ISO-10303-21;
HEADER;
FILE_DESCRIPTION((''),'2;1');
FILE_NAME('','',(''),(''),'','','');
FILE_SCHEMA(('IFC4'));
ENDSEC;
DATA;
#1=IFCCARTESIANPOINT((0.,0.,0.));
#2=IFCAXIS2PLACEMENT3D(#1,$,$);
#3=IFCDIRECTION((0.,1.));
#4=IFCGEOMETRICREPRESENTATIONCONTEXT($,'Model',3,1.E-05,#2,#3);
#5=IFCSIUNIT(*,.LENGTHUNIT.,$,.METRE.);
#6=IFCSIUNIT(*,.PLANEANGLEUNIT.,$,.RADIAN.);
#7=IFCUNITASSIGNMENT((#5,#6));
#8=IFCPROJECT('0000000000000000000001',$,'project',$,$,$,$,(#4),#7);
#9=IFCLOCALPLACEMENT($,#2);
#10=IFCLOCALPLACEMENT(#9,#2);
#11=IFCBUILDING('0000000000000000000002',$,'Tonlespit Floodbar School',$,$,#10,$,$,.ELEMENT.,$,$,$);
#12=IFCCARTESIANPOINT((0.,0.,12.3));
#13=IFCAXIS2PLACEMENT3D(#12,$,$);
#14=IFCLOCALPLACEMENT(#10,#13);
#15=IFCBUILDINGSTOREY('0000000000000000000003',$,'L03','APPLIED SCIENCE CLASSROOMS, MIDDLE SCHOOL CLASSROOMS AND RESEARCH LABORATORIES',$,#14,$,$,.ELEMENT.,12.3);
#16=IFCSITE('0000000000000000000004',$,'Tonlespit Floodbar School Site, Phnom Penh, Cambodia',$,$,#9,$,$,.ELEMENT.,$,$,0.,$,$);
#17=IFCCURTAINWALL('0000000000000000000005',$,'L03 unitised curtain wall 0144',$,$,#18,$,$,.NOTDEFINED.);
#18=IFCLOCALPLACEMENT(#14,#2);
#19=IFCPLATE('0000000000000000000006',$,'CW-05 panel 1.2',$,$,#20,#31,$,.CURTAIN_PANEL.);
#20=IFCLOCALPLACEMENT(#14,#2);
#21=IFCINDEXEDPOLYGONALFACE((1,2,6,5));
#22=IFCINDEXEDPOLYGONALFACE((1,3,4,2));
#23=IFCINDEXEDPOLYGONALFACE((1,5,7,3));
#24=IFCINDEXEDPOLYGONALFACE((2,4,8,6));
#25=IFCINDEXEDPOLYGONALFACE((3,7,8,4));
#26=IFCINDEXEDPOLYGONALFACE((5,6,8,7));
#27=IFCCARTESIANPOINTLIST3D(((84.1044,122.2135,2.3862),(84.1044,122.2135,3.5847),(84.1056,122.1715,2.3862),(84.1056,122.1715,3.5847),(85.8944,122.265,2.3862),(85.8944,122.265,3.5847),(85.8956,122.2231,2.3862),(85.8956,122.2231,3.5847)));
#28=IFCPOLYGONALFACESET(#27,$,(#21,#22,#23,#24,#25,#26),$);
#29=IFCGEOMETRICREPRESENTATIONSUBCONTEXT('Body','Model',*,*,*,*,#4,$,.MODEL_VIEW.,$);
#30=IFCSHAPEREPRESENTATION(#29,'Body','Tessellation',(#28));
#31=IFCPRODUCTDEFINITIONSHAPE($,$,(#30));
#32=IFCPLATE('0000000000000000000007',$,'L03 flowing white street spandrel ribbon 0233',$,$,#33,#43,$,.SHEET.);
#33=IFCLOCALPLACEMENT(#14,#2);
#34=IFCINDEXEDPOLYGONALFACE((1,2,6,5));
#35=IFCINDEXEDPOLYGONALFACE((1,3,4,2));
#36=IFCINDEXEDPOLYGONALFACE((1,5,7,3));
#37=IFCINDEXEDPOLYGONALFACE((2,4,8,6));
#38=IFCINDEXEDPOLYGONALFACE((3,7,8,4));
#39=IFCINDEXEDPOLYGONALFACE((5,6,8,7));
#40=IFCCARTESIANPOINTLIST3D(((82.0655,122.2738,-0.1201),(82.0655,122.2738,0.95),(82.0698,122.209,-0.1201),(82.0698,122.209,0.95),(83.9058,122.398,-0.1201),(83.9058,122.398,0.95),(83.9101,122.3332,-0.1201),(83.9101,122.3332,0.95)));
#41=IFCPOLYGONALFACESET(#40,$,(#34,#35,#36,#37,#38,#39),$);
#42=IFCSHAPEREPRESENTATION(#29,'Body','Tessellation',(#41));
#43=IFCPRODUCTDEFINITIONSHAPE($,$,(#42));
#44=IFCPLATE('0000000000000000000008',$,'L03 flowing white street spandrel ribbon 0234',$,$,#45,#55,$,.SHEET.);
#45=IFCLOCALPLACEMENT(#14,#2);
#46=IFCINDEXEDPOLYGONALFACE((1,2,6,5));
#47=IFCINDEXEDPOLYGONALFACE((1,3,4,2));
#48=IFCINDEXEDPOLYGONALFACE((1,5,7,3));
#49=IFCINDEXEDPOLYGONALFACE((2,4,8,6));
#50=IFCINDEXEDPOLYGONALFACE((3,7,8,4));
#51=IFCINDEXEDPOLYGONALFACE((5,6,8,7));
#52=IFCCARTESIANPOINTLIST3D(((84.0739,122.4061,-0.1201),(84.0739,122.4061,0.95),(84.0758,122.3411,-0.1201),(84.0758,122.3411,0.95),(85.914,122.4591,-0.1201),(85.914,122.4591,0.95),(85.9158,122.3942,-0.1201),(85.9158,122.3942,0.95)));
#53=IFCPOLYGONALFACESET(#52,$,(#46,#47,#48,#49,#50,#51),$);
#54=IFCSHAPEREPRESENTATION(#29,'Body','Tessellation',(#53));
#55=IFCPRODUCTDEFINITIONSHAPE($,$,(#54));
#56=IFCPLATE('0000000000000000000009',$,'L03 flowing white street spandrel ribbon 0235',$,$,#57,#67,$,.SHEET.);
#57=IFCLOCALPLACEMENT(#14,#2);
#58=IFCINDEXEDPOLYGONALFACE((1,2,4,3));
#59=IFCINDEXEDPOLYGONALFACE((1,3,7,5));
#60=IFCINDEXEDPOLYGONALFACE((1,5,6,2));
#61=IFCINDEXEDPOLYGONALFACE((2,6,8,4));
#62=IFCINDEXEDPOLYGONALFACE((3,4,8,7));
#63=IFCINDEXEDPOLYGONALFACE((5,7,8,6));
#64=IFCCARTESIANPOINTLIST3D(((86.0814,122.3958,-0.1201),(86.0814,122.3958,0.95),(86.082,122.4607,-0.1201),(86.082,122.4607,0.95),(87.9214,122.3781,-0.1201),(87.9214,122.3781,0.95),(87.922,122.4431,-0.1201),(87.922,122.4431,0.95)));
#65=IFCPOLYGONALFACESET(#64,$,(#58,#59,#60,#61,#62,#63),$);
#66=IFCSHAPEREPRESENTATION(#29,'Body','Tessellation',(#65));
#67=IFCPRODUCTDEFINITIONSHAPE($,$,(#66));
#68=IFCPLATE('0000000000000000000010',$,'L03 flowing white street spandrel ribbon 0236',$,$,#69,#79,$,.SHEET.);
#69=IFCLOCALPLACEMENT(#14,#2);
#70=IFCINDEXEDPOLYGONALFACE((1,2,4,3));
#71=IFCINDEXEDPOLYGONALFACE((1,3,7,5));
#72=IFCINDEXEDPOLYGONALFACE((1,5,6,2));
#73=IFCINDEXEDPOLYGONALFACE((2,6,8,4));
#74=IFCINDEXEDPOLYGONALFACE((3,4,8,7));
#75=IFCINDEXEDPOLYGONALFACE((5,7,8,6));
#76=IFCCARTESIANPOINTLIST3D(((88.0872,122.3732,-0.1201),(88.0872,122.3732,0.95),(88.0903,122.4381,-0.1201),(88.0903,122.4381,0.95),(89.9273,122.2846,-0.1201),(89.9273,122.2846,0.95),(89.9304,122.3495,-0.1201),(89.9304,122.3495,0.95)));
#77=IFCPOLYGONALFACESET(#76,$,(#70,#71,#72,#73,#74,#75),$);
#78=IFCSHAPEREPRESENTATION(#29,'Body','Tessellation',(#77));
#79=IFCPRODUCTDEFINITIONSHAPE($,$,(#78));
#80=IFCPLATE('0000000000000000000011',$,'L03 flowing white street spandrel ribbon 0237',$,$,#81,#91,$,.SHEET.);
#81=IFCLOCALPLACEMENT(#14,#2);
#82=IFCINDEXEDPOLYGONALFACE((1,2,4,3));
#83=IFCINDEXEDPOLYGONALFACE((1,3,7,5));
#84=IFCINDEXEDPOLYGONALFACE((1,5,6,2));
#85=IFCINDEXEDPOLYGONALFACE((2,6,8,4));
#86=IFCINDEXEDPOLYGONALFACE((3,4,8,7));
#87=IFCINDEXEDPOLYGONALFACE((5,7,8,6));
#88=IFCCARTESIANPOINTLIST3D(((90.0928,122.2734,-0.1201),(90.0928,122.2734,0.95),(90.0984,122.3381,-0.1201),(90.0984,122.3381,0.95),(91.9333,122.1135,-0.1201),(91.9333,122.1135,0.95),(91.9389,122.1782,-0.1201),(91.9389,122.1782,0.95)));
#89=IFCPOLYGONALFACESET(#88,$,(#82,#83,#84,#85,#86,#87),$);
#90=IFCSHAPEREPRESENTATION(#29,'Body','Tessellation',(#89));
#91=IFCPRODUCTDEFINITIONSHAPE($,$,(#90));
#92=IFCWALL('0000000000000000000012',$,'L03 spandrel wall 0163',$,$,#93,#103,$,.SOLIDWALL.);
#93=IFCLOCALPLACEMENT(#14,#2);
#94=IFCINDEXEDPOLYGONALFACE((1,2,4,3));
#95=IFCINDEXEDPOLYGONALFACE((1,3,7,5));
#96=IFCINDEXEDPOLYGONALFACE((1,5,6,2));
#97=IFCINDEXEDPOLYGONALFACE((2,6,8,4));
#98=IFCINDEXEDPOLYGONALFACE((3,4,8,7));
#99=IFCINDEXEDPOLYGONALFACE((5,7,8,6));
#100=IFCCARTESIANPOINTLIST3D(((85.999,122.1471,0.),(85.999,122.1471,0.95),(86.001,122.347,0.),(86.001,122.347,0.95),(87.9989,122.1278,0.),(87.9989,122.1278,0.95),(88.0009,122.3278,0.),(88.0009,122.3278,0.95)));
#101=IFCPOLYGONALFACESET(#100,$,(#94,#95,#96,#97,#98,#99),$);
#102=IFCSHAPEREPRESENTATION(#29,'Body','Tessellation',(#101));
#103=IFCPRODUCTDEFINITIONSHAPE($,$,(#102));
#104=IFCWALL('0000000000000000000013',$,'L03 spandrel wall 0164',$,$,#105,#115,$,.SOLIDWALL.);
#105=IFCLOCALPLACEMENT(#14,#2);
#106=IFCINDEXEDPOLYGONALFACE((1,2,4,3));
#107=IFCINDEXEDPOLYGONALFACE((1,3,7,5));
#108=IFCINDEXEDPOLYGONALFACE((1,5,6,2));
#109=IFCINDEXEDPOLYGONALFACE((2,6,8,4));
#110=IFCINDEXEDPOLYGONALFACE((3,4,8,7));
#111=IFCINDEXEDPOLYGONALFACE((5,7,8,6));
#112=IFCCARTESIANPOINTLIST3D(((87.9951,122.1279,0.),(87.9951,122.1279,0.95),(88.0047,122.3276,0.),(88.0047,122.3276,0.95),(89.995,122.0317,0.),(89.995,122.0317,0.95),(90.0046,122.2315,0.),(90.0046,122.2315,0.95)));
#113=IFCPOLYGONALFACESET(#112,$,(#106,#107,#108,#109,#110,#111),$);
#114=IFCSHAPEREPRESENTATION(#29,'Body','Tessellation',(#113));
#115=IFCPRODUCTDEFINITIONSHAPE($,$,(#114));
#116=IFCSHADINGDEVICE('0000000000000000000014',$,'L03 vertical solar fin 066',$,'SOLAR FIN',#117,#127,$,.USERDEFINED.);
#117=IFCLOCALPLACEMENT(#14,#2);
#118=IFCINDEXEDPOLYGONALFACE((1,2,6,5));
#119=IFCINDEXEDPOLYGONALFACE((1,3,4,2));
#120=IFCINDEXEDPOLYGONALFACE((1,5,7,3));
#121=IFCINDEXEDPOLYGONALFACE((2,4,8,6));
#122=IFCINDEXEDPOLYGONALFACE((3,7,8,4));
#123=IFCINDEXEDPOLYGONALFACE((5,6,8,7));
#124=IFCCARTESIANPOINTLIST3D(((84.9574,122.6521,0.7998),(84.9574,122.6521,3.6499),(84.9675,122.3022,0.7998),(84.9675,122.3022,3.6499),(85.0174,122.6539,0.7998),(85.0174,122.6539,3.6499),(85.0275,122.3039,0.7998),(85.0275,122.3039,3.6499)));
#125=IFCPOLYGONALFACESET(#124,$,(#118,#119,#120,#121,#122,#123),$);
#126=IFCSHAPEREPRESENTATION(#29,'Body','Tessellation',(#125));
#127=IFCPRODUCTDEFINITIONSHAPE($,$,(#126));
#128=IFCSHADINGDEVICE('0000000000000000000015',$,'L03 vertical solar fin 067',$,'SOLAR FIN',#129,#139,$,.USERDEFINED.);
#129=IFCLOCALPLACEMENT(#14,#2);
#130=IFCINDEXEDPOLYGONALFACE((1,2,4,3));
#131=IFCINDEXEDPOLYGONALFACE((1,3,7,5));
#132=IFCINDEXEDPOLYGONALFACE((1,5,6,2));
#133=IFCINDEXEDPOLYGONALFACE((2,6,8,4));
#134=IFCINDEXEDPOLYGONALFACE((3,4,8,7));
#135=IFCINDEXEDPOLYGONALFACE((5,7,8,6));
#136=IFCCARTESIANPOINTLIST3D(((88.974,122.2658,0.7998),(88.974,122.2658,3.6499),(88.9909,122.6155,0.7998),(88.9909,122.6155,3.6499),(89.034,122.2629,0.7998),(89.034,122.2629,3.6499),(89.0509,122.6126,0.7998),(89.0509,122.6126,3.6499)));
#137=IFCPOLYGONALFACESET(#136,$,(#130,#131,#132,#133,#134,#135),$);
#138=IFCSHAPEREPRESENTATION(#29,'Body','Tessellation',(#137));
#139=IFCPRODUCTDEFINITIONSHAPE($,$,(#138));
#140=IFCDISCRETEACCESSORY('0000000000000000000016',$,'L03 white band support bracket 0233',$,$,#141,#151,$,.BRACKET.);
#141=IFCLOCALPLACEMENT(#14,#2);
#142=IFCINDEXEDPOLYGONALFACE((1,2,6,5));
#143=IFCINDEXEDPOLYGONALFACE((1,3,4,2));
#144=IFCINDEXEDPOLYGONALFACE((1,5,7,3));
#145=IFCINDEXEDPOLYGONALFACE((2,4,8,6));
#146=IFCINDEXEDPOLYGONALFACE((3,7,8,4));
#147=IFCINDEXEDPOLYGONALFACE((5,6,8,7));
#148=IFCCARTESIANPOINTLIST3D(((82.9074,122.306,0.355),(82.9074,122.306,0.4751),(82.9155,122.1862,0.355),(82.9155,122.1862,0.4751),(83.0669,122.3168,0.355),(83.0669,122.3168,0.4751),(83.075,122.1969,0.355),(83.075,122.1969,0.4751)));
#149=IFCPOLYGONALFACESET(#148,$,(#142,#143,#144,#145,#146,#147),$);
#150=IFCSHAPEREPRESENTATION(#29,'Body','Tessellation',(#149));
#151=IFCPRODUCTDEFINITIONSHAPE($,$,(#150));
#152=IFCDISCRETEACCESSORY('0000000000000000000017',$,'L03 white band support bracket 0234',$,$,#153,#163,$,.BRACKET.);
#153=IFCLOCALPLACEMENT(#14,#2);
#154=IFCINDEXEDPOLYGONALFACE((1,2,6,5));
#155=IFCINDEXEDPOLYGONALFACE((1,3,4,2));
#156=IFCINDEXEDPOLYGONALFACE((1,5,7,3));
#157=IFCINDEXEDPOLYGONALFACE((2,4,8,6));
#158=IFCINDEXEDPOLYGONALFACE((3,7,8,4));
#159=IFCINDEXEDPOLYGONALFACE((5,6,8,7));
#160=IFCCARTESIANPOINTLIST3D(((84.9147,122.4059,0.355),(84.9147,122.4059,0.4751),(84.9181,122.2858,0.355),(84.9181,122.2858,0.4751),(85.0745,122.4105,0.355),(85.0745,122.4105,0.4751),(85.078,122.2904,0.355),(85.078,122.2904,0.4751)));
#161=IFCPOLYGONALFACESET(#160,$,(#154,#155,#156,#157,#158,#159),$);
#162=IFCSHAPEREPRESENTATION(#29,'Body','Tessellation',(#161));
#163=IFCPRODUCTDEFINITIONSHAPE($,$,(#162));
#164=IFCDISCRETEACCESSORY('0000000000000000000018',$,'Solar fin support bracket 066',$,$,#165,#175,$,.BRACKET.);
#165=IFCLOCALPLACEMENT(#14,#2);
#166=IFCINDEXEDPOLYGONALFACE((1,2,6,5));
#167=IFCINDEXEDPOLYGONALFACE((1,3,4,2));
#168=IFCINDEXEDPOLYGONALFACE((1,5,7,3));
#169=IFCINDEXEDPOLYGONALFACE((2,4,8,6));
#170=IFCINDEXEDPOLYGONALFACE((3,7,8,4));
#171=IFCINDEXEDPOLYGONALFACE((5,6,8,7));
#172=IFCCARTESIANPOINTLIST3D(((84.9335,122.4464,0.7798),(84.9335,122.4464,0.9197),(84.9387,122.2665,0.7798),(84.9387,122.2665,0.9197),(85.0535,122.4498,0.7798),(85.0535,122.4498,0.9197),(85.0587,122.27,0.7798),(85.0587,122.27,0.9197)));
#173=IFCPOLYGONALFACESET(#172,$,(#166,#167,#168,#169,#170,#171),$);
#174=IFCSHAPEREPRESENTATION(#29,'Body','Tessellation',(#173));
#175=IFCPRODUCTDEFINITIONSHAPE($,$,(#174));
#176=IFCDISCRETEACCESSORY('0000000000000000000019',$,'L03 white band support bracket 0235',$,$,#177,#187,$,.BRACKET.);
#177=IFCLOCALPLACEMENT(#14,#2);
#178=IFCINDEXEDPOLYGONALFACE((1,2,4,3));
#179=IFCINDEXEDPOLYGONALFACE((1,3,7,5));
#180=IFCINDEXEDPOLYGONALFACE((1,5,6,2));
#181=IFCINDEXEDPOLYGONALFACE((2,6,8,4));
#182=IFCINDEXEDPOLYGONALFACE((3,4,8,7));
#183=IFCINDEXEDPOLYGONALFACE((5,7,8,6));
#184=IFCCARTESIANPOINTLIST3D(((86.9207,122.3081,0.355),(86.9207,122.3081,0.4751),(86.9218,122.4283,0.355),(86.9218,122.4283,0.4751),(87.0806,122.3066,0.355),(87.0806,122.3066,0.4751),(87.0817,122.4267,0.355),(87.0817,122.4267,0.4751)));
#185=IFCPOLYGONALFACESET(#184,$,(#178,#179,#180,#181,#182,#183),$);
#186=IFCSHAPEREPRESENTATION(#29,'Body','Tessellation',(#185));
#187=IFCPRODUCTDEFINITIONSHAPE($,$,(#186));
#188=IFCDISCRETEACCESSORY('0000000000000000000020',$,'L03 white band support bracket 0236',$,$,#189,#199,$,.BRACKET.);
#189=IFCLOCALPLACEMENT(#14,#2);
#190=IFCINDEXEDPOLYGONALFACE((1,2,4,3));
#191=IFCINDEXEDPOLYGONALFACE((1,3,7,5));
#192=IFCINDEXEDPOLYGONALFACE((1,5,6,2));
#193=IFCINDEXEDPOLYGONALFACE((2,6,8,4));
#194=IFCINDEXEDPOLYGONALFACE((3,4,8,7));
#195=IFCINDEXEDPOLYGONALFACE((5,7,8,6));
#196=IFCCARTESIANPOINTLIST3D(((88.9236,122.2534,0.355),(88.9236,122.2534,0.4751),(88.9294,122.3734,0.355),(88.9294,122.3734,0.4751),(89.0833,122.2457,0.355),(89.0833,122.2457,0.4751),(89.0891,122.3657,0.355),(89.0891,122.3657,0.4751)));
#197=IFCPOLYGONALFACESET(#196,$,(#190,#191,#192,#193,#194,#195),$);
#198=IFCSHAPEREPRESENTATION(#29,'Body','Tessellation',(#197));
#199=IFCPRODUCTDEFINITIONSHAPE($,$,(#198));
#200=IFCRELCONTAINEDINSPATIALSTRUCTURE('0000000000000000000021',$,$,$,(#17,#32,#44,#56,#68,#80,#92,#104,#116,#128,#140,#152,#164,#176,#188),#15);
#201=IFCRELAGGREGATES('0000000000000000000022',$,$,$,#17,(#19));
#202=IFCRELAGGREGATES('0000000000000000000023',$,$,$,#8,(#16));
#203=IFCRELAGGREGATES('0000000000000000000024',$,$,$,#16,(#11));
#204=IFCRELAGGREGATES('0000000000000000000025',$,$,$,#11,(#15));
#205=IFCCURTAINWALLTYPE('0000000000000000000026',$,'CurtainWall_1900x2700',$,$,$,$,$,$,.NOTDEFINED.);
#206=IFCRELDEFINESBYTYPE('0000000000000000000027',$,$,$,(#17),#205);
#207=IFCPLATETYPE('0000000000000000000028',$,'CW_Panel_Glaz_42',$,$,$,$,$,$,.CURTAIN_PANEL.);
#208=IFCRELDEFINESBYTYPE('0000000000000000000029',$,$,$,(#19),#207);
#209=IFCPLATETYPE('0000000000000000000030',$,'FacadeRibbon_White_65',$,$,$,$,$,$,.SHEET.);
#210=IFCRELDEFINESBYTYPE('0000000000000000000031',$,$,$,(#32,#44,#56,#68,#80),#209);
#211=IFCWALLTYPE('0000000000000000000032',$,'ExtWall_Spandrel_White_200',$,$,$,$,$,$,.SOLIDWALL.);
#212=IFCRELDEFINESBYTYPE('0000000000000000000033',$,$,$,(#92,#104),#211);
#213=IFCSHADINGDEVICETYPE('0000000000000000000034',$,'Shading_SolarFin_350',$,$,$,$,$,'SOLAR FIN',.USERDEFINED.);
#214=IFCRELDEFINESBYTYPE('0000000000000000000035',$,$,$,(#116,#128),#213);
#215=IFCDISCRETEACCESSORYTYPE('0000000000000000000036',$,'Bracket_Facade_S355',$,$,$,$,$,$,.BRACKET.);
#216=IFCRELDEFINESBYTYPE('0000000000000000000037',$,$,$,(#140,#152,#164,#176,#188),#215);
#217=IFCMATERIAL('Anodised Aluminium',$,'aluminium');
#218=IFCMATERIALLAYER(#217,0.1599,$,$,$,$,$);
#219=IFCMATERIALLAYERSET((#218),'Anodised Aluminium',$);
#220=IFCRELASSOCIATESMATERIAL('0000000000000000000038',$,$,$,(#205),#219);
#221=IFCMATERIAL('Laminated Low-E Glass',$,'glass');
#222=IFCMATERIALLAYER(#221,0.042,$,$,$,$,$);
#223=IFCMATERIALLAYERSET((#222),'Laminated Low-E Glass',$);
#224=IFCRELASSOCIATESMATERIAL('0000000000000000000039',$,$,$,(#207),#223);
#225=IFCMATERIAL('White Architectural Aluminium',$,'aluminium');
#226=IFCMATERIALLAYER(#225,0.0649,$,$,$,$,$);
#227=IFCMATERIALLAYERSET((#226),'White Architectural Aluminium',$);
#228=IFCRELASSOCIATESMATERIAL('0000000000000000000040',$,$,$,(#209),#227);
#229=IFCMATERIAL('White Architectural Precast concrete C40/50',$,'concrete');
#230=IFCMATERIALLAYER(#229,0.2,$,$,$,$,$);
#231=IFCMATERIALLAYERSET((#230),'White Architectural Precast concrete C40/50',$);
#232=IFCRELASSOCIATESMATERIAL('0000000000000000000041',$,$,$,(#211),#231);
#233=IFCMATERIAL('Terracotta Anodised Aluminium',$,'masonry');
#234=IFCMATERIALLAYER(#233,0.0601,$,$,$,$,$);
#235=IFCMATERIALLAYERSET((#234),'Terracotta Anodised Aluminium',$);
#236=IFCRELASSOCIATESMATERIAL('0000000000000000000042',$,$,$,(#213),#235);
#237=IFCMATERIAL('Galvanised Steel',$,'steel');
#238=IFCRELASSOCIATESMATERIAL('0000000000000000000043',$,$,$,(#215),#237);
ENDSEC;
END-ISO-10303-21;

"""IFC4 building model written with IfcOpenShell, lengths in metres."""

from ifc_helpers import new_model, si_unit, direction, frame, frame_2d, origin, origin_2d, place, context, subcontext, project, spatial, rectangle, extrude, material, layer, layer_set, type_object, element, aggregate, save


model = new_model("IFC4")

# Units and contexts
model_context = context("Model", 3, precision=1e-05, world=origin(), true_north=direction((0.0, 1.0)))
body_context = subcontext(model_context, "Body", "Model", "MODEL_VIEW")
ifc_project = project(units=[si_unit("LENGTHUNIT", "METRE"), si_unit("PLANEANGLEUNIT", "RADIAN")], contexts=[model_context])

# Site, building, storey
site_placement = place(None, origin())
site = spatial("IfcSite", under=ifc_project, at=site_placement, Name="Tonlespit Floodbar School Site, Phnom Penh, Cambodia", CompositionType="ELEMENT", RefElevation=0.0)
building_placement = place(site_placement, origin())
building = spatial("IfcBuilding", under=site, at=building_placement, Name="Tonlespit Floodbar School", CompositionType="ELEMENT")
storey_placement = place(building_placement, frame((0.0, 0.0, 12.3)))
storey = spatial("IfcBuildingStorey", under=building, at=storey_placement, Name="L03", Description="APPLIED SCIENCE CLASSROOMS, MIDDLE SCHOOL CLASSROOMS AND RESEARCH LABORATORIES", CompositionType="ELEMENT", Elevation=12.3)

# Curtain wall
ifc_material_1 = material(Name="Anodised Aluminium", Category="aluminium")
ifc_layer_1 = layer(ifc_material_1, 0.1599)
ifc_layer_set_1 = layer_set([ifc_layer_1], Name="Anodised Aluminium")
curtain_wall_type = type_object("IfcCurtainWallType", Name="CurtainWall_1900x2700", PredefinedType="NOTDEFINED", material=ifc_layer_set_1)
curtain_wall_1_placement = place(storey_placement, origin())
curtain_wall_1 = element("IfcCurtainWall", 1, at=curtain_wall_1_placement, inside=storey, type_object=curtain_wall_type, Name="L03 unitised curtain wall 0144", PredefinedType="NOTDEFINED")

# Plate
ifc_material_2 = material(Name="Laminated Low-E Glass", Category="glass")
ifc_layer_2 = layer(ifc_material_2, 0.042)
ifc_layer_set_2 = layer_set([ifc_layer_2], Name="Laminated Low-E Glass")
plate_type_1 = type_object("IfcPlateType", Name="CW_Panel_Glaz_42", PredefinedType="CURTAIN_PANEL", material=ifc_layer_set_2)
plate_1_placement = place(storey_placement, frame((85.0, 122.2183, 2.3862), z_axis=(0.0, 0.0, 1.0), x_axis=(0.999585, 0.02879, 0.0)))
plate_1 = element("IfcPlate", 2, at=plate_1_placement, type_object=plate_type_1, Name="CW-05 panel 1.2", PredefinedType="CURTAIN_PANEL", context=body_context, shape_type="SweptSolid", body=[
    extrude(rectangle(XDim=1.7908, YDim=0.042, at=origin_2d()), origin(), (0.0, 0.0, 1.0), 1.1985),
])
aggregate(curtain_wall_1, [plate_1])

# Plates
ifc_material_3 = material(Name="White Architectural Aluminium", Category="aluminium")
ifc_layer_3 = layer(ifc_material_3, 0.0649)
ifc_layer_set_3 = layer_set([ifc_layer_3], Name="White Architectural Aluminium")
plate_type_2 = type_object("IfcPlateType", Name="FacadeRibbon_White_65", PredefinedType="SHEET", material=ifc_layer_set_3)
plate_2_placement = place(storey_placement, frame((82.9878, 122.3035, -0.1201), z_axis=(0.0, 0.0, 1.0), x_axis=(0.99773, 0.067347, 0.0)))
element("IfcPlate", 3, at=plate_2_placement, inside=storey, type_object=plate_type_2, Name="L03 flowing white street spandrel ribbon 0233", PredefinedType="SHEET", context=body_context, shape_type="SweptSolid", body=[
    extrude(rectangle(XDim=1.8445, YDim=0.0649, at=origin_2d()), origin(), (0.0, 0.0, 1.0), 1.0701),
])
plate_3_placement = place(storey_placement, frame((84.9949, 122.4001, -0.1201), z_axis=(0.0, 0.0, 1.0), x_axis=(0.999584, 0.028838, 0.0)))
element("IfcPlate", 4, at=plate_3_placement, inside=storey, type_object=plate_type_2, Name="L03 flowing white street spandrel ribbon 0234", PredefinedType="SHEET", context=body_context, shape_type="SweptSolid", body=[
    extrude(rectangle(XDim=1.8408, YDim=0.0649, at=origin_2d()), origin(), (0.0, 0.0, 1.0), 1.0701),
])
plate_4_placement = place(storey_placement, frame((87.0017, 122.4194, -0.1201), z_axis=(0.0, 0.0, 1.0), x_axis=(0.999954, -0.009599, 0.0)))
element("IfcPlate", 5, at=plate_4_placement, inside=storey, type_object=plate_type_2, Name="L03 flowing white street spandrel ribbon 0235", PredefinedType="SHEET", context=body_context, shape_type="SweptSolid", body=[
    extrude(rectangle(XDim=1.8401, YDim=0.0649, at=origin_2d()), origin(), (0.0, 0.0, 1.0), 1.0701),
])
plate_5_placement = place(storey_placement, frame((89.0088, 122.3613, -0.1201), z_axis=(0.0, 0.0, 1.0), x_axis=(0.998843, -0.048095, 0.0)))
element("IfcPlate", 6, at=plate_5_placement, inside=storey, type_object=plate_type_2, Name="L03 flowing white street spandrel ribbon 0236", PredefinedType="SHEET", context=body_context, shape_type="SweptSolid", body=[
    extrude(rectangle(XDim=1.8423, YDim=0.0649, at=origin_2d()), origin(), (0.0, 0.0, 1.0), 1.0701),
])
plate_6_placement = place(storey_placement, frame((91.0159, 122.2258, -0.1201), z_axis=(0.0, 0.0, 1.0), x_axis=(0.996245, -0.086573, 0.0)))
element("IfcPlate", 7, at=plate_6_placement, inside=storey, type_object=plate_type_2, Name="L03 flowing white street spandrel ribbon 0237", PredefinedType="SHEET", context=body_context, shape_type="SweptSolid", body=[
    extrude(rectangle(XDim=1.8474, YDim=0.0649, at=origin_2d()), origin(), (0.0, 0.0, 1.0), 1.0701),
])

# Walls
ifc_material_4 = material(Name="White Architectural Precast concrete C40/50", Category="concrete")
ifc_layer_4 = layer(ifc_material_4, 0.2)
ifc_layer_set_4 = layer_set([ifc_layer_4], Name="White Architectural Precast concrete C40/50")
wall_type = type_object("IfcWallType", Name="ExtWall_Spandrel_White_200", PredefinedType="SOLIDWALL", material=ifc_layer_set_4)
wall_1_placement = place(storey_placement, frame((86.0, 122.2471, 0.0), z_axis=(0.0, 0.0, 1.0), x_axis=(0.999954, -0.009643, 0.0)))
element("IfcWall", 8, at=wall_1_placement, inside=storey, type_object=wall_type, Name="L03 spandrel wall 0163", PredefinedType="SOLIDWALL", context=body_context, shape_type="SweptSolid", body=[
    extrude(rectangle(XDim=2.0, YDim=0.2, at=frame_2d((1.0, 0.0))), origin(), (0.0, 0.0, 1.0), 0.95),
])
wall_2_placement = place(storey_placement, frame((88.0, 122.2278, 0.0), z_axis=(0.0, 0.0, 1.0), x_axis=(0.998845, -0.04804, 0.0)))
element("IfcWall", 9, at=wall_2_placement, inside=storey, type_object=wall_type, Name="L03 spandrel wall 0164", PredefinedType="SOLIDWALL", context=body_context, shape_type="SweptSolid", body=[
    extrude(rectangle(XDim=2.0022, YDim=0.2, at=frame_2d((1.001, 0.0))), origin(), (0.0, 0.0, 1.0), 0.95),
])

# Shading devices
ifc_material_5 = material(Name="Terracotta Anodised Aluminium", Category="masonry")
ifc_layer_5 = layer(ifc_material_5, 0.0601)
ifc_layer_set_5 = layer_set([ifc_layer_5], Name="Terracotta Anodised Aluminium")
shading_device_type = type_object("IfcShadingDeviceType", Name="Shading_SolarFin_350", ElementType="SOLAR FIN", PredefinedType="USERDEFINED", material=ifc_layer_set_5)
for number, where, z_axis, x_axis, name in (
    (10, (84.9924, 122.478, 0.7998), (0.0, 0.0, 1.0), (0.999584, 0.028838, 0.0), "L03 vertical solar fin 066"),
    (11, (89.0125, 122.4392, 0.7998), (0.0, 0.0, 1.0), (0.998843, -0.048095, 0.0), "L03 vertical solar fin 067"),
):
    element("IfcShadingDevice", number, at=place(storey_placement, frame(where, z_axis=z_axis, x_axis=x_axis)), inside=storey, type_object=shading_device_type, Name=name, ObjectType="SOLAR FIN", PredefinedType="USERDEFINED", context=body_context, shape_type="SweptSolid", body=[
        extrude(rectangle(XDim=0.0601, YDim=0.3501, at=origin_2d()), origin(), (0.0, 0.0, 1.0), 2.8501),
    ])

# Discrete accessories
ifc_material_6 = material(Name="Galvanised Steel", Category="steel")
discrete_accessory_type = type_object("IfcDiscreteAccessoryType", Name="Bracket_Facade_S355", PredefinedType="BRACKET", material=ifc_material_6)
for number, where, z_axis, x_axis, name in (
    (12, (82.9912, 122.2515, 0.355), (0.0, 0.0, 1.0), (0.99773, 0.067347, 0.0), "L03 white band support bracket 0233"),
    (13, (84.9963, 122.3481, 0.355), (0.0, 0.0, 1.0), (0.999584, 0.028838, 0.0), "L03 white band support bracket 0234"),
):
    element("IfcDiscreteAccessory", number, at=place(storey_placement, frame(where, z_axis=z_axis, x_axis=x_axis)), inside=storey, type_object=discrete_accessory_type, Name=name, PredefinedType="BRACKET", context=body_context, shape_type="SweptSolid", body=[
        extrude(rectangle(XDim=0.1599, YDim=0.1201, at=origin_2d()), origin(), (0.0, 0.0, 1.0), 0.1201),
    ])
discrete_accessory_1_placement = place(storey_placement, frame((84.9961, 122.3582, 0.7798), z_axis=(0.0, 0.0, 1.0), x_axis=(0.999584, 0.028838, 0.0)))
element("IfcDiscreteAccessory", 14, at=discrete_accessory_1_placement, inside=storey, type_object=discrete_accessory_type, Name="Solar fin support bracket 066", PredefinedType="BRACKET", context=body_context, shape_type="SweptSolid", body=[
    extrude(rectangle(XDim=0.1201, YDim=0.1799, at=origin_2d()), origin(), (0.0, 0.0, 1.0), 0.1399),
])
for number, where, z_axis, x_axis, name in (
    (15, (87.0012, 122.3674, 0.355), (0.0, 0.0, 1.0), (0.999954, -0.009599, 0.0), "L03 white band support bracket 0235"),
    (16, (89.0063, 122.3096, 0.355), (0.0, 0.0, 1.0), (0.998843, -0.048095, 0.0), "L03 white band support bracket 0236"),
):
    element("IfcDiscreteAccessory", number, at=place(storey_placement, frame(where, z_axis=z_axis, x_axis=x_axis)), inside=storey, type_object=discrete_accessory_type, Name=name, PredefinedType="BRACKET", context=body_context, shape_type="SweptSolid", body=[
        extrude(rectangle(XDim=0.1599, YDim=0.1201, at=origin_2d()), origin(), (0.0, 0.0, 1.0), 0.1201),
    ])

save(model, "model.ifc")
